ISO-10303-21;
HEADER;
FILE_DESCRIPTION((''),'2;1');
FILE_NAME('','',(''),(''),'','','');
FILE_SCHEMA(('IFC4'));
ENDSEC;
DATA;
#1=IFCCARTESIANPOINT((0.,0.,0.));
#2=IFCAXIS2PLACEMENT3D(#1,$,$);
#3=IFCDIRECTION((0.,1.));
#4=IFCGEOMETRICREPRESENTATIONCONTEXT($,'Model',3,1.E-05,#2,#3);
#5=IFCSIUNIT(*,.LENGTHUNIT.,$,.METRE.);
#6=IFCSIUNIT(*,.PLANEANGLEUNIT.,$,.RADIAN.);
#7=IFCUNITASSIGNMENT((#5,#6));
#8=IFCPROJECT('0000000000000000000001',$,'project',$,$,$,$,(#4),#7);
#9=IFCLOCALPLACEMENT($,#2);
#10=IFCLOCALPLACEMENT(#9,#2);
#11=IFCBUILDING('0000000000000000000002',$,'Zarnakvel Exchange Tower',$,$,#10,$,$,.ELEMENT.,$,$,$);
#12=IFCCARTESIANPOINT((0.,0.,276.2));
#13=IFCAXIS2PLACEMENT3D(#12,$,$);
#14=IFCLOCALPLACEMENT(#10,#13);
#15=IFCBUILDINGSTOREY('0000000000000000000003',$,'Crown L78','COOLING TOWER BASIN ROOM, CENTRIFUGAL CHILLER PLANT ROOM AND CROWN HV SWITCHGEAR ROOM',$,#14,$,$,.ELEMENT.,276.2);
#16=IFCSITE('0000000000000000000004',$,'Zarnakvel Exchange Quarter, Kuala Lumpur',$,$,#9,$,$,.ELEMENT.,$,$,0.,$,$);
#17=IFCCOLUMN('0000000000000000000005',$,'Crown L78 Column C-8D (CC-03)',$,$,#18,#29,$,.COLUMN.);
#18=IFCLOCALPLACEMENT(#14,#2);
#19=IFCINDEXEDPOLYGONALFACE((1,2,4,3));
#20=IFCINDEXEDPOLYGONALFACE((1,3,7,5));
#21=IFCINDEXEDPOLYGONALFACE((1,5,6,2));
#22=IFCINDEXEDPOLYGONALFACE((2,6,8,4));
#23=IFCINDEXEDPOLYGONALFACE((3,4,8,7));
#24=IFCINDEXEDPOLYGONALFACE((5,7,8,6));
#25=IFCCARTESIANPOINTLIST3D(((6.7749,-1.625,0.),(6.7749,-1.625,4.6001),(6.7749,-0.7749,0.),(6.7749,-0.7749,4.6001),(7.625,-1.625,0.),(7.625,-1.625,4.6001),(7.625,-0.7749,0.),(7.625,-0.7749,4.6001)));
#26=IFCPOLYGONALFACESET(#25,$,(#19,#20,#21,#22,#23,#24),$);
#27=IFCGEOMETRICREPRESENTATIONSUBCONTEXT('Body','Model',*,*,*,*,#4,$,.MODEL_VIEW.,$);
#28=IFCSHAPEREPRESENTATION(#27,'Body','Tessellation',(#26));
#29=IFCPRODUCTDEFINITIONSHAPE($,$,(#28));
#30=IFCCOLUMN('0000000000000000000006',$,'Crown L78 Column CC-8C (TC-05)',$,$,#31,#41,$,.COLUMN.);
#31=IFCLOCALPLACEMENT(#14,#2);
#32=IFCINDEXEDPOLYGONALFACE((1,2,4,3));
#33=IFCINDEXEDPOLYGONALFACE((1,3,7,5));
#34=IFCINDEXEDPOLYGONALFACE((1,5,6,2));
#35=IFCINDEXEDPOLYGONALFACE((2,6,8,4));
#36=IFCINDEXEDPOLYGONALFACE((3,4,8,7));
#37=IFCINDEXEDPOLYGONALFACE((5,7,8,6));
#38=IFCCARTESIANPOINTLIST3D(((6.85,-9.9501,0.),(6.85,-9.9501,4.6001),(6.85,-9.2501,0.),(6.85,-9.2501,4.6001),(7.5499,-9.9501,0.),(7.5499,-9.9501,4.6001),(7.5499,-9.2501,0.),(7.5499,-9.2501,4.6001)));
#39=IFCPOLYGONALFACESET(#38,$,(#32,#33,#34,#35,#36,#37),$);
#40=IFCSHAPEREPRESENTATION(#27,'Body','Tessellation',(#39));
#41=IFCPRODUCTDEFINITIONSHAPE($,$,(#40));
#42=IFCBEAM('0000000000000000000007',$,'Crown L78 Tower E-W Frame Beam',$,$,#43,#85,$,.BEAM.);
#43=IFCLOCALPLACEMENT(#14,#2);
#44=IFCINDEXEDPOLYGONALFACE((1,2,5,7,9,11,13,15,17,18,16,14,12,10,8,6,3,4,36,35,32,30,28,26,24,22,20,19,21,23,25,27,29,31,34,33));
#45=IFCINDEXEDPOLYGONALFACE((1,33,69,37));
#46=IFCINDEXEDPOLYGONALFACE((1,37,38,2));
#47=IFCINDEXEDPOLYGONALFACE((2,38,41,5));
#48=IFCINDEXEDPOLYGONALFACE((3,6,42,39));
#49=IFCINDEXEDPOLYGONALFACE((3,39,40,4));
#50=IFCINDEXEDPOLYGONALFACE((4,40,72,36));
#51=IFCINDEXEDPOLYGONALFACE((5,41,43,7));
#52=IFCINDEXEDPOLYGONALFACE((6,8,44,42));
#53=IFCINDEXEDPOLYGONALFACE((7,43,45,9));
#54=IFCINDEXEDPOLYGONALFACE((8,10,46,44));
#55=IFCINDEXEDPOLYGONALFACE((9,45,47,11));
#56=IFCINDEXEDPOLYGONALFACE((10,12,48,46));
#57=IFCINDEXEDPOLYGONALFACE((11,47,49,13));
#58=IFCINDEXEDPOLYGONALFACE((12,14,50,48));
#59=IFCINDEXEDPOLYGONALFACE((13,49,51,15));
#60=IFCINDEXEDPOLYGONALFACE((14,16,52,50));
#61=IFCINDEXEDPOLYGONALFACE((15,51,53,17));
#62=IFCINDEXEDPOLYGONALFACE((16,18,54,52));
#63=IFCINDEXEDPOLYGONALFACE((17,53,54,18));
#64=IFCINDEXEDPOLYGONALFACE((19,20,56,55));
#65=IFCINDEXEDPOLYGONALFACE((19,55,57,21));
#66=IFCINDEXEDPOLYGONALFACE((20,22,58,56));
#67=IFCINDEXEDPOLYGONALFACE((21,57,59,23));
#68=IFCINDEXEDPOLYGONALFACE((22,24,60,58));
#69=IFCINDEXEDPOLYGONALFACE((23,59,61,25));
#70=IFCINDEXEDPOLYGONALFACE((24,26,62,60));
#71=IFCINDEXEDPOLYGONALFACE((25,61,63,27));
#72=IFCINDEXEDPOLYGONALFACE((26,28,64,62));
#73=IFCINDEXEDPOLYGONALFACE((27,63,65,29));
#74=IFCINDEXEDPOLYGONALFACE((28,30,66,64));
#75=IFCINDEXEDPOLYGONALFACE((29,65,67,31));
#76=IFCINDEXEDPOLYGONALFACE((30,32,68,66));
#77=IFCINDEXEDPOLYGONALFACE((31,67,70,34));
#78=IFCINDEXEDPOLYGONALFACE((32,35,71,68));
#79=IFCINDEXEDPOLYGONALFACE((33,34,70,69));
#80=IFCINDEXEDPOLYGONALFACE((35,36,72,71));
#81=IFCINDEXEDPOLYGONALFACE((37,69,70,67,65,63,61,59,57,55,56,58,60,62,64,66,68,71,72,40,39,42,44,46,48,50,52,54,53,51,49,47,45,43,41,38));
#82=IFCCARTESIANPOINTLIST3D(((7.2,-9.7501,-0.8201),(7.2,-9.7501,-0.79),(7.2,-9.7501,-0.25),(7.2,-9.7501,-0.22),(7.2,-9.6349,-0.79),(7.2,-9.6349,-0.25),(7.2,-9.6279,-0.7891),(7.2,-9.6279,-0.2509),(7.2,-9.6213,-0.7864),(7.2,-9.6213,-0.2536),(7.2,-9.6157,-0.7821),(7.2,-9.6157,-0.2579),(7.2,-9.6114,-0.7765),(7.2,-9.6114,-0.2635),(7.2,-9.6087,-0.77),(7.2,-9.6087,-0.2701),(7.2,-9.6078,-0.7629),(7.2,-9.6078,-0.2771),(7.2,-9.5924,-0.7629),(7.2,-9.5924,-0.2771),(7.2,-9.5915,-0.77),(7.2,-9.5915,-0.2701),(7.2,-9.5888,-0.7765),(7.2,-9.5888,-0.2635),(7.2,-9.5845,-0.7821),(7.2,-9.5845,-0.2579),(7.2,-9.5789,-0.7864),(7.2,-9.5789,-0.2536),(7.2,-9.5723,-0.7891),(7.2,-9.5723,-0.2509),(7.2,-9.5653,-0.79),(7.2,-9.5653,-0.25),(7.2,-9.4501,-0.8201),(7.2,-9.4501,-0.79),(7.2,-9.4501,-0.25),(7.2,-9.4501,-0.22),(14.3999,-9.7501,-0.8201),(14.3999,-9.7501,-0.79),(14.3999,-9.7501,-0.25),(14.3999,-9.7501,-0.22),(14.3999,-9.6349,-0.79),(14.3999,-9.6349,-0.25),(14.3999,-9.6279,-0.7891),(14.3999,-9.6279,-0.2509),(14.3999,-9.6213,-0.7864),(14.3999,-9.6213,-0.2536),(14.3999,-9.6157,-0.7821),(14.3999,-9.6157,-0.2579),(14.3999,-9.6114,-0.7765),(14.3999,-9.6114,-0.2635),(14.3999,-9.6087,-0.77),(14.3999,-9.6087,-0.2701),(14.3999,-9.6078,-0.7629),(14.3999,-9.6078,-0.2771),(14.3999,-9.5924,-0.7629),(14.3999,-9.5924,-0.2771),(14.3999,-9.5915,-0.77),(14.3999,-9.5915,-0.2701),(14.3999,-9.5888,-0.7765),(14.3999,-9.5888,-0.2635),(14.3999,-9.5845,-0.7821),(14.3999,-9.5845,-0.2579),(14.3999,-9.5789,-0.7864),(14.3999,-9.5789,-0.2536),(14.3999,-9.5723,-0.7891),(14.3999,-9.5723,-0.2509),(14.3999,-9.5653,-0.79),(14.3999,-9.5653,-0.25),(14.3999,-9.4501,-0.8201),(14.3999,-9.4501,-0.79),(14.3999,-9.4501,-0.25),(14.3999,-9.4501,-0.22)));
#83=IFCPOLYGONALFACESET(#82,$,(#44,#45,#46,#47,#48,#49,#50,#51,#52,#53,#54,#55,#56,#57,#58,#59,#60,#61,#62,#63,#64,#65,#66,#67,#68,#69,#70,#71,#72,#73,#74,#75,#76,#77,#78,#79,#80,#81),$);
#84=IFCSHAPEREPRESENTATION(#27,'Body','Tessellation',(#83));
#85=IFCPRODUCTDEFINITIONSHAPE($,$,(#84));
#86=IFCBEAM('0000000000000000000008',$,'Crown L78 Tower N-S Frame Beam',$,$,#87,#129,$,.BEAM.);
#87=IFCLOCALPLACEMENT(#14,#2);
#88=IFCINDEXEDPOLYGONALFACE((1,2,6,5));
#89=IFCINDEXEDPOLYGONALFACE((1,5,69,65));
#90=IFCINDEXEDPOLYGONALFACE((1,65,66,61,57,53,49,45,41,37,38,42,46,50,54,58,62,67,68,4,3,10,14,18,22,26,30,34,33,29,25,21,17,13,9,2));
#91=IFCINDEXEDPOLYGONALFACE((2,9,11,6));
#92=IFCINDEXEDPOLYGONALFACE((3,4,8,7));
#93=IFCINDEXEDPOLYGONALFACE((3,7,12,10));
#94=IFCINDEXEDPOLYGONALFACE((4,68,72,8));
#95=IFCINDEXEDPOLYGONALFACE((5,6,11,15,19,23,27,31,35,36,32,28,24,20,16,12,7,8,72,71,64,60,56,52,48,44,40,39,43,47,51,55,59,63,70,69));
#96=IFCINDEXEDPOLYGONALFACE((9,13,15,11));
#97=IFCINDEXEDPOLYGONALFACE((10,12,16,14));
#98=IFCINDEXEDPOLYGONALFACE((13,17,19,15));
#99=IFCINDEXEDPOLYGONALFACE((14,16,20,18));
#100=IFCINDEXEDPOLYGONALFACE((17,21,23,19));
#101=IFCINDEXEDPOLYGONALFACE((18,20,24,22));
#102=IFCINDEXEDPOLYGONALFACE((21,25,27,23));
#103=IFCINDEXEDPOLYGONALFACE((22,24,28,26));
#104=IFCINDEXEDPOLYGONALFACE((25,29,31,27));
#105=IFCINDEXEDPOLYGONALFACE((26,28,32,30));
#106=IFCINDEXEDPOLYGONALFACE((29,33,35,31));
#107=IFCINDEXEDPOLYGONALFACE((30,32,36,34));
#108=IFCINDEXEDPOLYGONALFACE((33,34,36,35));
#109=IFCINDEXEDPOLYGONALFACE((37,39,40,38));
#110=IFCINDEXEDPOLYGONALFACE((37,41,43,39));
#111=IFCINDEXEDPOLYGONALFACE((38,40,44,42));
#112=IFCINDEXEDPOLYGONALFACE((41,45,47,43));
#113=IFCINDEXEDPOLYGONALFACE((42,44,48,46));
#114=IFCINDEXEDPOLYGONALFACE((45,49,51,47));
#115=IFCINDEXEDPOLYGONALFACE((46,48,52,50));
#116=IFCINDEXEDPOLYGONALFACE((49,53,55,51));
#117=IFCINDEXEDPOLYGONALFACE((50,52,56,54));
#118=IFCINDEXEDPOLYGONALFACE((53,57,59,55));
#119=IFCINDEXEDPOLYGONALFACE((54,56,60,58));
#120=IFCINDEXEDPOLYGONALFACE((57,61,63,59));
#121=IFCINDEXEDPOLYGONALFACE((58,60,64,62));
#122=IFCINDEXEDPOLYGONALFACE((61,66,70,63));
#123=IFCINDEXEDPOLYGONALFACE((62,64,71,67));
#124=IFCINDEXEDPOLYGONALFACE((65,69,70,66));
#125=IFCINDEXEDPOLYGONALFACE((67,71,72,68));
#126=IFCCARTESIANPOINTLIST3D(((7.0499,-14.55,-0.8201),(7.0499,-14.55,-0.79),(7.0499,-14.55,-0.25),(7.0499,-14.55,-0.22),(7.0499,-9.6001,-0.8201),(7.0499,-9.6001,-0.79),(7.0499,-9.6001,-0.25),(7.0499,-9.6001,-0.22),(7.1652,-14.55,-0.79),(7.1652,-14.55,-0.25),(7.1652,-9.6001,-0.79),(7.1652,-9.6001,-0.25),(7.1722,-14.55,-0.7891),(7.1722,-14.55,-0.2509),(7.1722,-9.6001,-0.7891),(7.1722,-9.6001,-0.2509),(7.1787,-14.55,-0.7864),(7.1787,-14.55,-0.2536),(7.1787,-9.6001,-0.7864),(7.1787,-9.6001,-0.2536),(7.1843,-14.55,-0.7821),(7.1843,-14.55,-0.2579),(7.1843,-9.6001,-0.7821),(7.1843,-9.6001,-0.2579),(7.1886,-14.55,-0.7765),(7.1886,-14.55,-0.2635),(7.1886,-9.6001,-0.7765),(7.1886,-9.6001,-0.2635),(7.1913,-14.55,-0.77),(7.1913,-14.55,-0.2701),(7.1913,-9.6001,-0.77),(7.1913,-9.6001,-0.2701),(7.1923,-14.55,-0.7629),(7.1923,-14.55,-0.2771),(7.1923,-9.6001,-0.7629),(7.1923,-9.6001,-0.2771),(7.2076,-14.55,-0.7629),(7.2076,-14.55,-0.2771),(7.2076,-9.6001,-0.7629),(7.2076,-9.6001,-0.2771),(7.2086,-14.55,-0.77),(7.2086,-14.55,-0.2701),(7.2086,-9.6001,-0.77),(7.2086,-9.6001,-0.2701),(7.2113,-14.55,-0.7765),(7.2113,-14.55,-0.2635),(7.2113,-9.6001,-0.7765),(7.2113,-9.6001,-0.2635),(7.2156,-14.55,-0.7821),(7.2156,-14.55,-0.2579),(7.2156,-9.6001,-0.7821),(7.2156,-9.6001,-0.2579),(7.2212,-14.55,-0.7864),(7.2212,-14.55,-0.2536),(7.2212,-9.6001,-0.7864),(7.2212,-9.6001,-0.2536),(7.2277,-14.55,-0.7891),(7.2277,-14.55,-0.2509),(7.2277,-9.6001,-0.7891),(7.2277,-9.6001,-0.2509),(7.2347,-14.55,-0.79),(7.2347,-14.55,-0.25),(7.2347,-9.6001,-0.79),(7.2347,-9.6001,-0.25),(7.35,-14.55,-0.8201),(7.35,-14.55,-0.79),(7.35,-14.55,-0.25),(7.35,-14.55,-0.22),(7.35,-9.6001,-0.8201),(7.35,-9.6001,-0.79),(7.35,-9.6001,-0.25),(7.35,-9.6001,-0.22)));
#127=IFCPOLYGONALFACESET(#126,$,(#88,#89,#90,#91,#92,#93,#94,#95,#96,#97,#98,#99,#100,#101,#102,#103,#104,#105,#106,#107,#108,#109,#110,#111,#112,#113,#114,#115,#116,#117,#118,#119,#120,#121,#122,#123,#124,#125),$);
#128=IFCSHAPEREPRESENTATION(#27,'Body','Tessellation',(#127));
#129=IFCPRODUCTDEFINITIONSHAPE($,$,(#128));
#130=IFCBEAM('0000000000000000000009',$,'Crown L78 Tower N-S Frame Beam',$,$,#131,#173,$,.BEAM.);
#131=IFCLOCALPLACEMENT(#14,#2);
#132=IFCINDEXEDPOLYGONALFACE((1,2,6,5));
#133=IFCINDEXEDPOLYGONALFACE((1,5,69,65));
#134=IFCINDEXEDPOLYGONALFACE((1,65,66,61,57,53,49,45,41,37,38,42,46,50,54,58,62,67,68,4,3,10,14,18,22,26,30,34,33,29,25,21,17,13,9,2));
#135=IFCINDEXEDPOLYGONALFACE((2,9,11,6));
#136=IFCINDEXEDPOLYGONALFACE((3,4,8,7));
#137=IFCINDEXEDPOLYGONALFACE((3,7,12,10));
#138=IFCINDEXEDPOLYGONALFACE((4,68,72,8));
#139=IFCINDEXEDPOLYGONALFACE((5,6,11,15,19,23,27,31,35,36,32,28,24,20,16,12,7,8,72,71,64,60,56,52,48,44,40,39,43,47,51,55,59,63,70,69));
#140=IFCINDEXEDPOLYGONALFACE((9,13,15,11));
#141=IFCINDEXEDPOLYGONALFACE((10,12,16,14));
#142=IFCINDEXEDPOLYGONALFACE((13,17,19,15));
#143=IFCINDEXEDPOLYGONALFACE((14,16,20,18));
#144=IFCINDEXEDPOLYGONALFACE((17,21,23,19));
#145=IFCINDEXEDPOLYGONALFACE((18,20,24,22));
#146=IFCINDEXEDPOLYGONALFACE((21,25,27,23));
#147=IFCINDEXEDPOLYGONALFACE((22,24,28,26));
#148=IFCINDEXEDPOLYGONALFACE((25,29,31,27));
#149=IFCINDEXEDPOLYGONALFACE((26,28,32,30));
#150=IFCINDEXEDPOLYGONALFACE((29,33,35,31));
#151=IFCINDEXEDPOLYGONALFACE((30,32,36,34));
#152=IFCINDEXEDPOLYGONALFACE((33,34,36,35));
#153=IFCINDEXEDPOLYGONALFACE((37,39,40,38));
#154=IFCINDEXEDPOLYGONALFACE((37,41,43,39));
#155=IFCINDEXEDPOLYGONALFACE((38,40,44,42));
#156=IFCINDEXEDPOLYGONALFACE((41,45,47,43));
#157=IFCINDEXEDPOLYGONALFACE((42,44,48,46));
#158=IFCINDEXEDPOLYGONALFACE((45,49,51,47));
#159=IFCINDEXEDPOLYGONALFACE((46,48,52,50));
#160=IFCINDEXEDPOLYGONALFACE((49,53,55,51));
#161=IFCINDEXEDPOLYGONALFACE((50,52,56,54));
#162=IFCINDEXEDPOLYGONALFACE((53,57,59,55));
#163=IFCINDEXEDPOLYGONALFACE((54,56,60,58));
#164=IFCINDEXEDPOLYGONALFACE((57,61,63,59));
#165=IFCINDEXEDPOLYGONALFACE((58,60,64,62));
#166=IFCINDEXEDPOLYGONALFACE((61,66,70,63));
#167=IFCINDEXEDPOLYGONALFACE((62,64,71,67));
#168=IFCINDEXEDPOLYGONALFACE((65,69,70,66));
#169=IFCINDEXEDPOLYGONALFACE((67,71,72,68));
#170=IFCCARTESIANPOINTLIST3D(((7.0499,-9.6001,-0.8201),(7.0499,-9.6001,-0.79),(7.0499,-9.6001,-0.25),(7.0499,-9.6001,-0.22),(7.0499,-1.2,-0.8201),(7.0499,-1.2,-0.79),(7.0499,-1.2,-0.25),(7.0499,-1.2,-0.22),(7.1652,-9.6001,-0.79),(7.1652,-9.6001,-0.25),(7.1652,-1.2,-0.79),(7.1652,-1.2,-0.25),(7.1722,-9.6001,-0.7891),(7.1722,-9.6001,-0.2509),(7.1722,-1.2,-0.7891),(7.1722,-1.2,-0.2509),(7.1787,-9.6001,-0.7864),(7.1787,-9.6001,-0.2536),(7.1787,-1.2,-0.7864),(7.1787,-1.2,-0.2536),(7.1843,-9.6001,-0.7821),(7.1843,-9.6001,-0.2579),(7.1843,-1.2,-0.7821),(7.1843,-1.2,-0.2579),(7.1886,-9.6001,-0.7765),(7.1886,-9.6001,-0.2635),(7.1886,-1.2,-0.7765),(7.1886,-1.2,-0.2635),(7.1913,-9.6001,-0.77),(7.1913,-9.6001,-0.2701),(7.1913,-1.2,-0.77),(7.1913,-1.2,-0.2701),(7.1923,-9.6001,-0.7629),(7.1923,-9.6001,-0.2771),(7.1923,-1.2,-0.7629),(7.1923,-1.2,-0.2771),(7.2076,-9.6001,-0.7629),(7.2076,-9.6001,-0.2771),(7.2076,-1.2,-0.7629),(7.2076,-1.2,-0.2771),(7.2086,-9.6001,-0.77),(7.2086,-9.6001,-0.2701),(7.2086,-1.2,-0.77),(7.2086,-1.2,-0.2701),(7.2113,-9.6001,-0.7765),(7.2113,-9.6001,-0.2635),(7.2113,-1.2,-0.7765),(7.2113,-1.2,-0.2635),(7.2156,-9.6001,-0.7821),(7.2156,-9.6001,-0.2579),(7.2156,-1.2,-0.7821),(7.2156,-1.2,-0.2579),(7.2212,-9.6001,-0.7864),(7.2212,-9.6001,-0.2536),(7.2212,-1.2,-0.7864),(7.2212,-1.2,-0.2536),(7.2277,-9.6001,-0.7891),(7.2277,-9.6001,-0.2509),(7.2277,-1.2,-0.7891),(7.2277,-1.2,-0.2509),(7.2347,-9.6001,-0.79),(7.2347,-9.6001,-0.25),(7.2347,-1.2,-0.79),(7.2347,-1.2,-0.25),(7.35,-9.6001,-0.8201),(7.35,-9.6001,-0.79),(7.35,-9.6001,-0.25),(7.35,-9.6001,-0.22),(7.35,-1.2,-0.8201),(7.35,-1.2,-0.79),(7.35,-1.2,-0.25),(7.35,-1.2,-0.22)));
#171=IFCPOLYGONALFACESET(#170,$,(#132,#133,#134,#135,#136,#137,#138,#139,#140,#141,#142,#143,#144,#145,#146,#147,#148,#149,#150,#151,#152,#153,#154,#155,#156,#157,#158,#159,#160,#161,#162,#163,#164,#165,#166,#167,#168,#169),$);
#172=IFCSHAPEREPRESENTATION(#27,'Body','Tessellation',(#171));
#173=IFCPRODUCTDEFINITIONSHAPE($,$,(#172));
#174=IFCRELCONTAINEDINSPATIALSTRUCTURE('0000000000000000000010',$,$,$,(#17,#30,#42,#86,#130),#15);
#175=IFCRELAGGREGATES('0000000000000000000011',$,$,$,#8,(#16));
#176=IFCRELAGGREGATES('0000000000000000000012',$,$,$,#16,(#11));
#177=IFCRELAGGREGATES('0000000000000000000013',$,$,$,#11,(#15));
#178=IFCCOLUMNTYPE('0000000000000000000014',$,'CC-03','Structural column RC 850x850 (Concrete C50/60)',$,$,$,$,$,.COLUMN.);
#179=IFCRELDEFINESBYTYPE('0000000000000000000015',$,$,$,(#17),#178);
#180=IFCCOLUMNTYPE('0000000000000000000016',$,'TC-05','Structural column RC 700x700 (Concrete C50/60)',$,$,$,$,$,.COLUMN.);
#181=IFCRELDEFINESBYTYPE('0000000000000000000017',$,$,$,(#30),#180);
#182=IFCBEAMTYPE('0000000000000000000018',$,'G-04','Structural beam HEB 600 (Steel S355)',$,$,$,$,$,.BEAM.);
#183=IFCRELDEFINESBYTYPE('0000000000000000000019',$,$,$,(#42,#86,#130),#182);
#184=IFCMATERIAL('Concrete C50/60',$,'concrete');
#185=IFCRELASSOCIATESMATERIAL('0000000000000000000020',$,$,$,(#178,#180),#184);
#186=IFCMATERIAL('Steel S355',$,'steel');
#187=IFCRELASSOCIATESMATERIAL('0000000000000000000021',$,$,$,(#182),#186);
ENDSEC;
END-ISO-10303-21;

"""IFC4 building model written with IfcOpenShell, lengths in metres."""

from ifc_helpers import new_model, si_unit, direction, frame, origin, origin_2d, place, context, subcontext, project, spatial, rectangle, i_section, extrude, material, material_profile, profile_set, type_object, element, save


model = new_model("IFC4")

# Units and contexts
model_context = context("Model", 3, precision=1e-05, world=origin(), true_north=direction((0.0, 1.0)))
body_context = subcontext(model_context, "Body", "Model", "MODEL_VIEW")
ifc_project = project(units=[si_unit("LENGTHUNIT", "METRE"), si_unit("PLANEANGLEUNIT", "RADIAN")], contexts=[model_context])

# Site, building, storey
site_placement = place(None, origin())
site = spatial("IfcSite", under=ifc_project, at=site_placement, Name="Zarnakvel Exchange Quarter, Kuala Lumpur", CompositionType="ELEMENT", RefElevation=0.0)
building_placement = place(site_placement, origin())
building = spatial("IfcBuilding", under=site, at=building_placement, Name="Zarnakvel Exchange Tower", CompositionType="ELEMENT")
storey_placement = place(building_placement, frame((0.0, 0.0, 276.2)))
storey = spatial("IfcBuildingStorey", under=building, at=storey_placement, Name="Crown L78", Description="COOLING TOWER BASIN ROOM, CENTRIFUGAL CHILLER PLANT ROOM AND CROWN HV SWITCHGEAR ROOM", CompositionType="ELEMENT", Elevation=276.2)

# Columns
ifc_material_1 = material(Name="Concrete C50/60", Category="concrete")
ifc_material_profile_1 = material_profile(ifc_material_1, rectangle(XDim=0.8501, YDim=0.8501, at=origin_2d()))
ifc_profile_set_1 = profile_set([ifc_material_profile_1], Name="Concrete C50/60")
column_type_1 = type_object("IfcColumnType", Name="CC-03", Description="Structural column RC 850x850 (Concrete C50/60)", PredefinedType="COLUMN", material=ifc_profile_set_1)
column_1_placement = place(storey_placement, frame((7.2, -1.2, 0.0), z_axis=(0.0, 0.0, 1.0), x_axis=(1.0, 0.0, 0.0)))
element("IfcColumn", 1, at=column_1_placement, inside=storey, type_object=column_type_1, Name="Crown L78 Column C-8D (CC-03)", PredefinedType="COLUMN", context=body_context, shape_type="SweptSolid", body=[
    extrude(rectangle(XDim=0.8501, YDim=0.8501, at=origin_2d()), origin(), (0.0, 0.0, 1.0), 4.6001),
])
ifc_material_profile_2 = material_profile(ifc_material_1, rectangle(XDim=0.7, YDim=0.7, at=origin_2d()))
ifc_profile_set_2 = profile_set([ifc_material_profile_2], Name="Concrete C50/60")
column_type_2 = type_object("IfcColumnType", Name="TC-05", Description="Structural column RC 700x700 (Concrete C50/60)", PredefinedType="COLUMN", material=ifc_profile_set_2)
column_2_placement = place(storey_placement, frame((7.2, -9.6001, 0.0), z_axis=(0.0, 0.0, 1.0), x_axis=(1.0, 0.0, 0.0)))
element("IfcColumn", 2, at=column_2_placement, inside=storey, type_object=column_type_2, Name="Crown L78 Column CC-8C (TC-05)", PredefinedType="COLUMN", context=body_context, shape_type="SweptSolid", body=[
    extrude(rectangle(XDim=0.7, YDim=0.7, at=origin_2d()), origin(), (0.0, 0.0, 1.0), 4.6001),
])

# Beams
ifc_material_2 = material(Name="Steel S355", Category="steel")
ifc_material_profile_3 = material_profile(ifc_material_2, i_section(OverallWidth=0.3, OverallDepth=0.6001, WebThickness=0.0154, FlangeThickness=0.03, FilletRadius=0.0271, at=origin_2d()))
ifc_profile_set_3 = profile_set([ifc_material_profile_3], Name="Steel S355")
beam_type_1 = type_object("IfcBeamType", Name="G-04", Description="Structural beam HEB 600 (Steel S355)", PredefinedType="BEAM", material=ifc_profile_set_3)
beam_1_placement = place(storey_placement, frame((7.2, -9.6001, -0.52), z_axis=(1.0, 0.0, 0.0), x_axis=(0.0, 1.0, 0.0)))
element("IfcBeam", 3, at=beam_1_placement, inside=storey, type_object=beam_type_1, Name="Crown L78 Tower E-W Frame Beam", PredefinedType="BEAM", context=body_context, shape_type="SweptSolid", body=[
    extrude(i_section(OverallWidth=0.3, OverallDepth=0.6001, WebThickness=0.0154, FlangeThickness=0.03, FilletRadius=0.0271, at=origin_2d()), origin(), (0.0, 0.0, 1.0), 7.2),
])
beam_2_placement = place(storey_placement, frame((7.2, -14.55, -0.52), z_axis=(0.0, 1.0, 0.0), x_axis=(-1.0, 0.0, 0.0)))
element("IfcBeam", 4, at=beam_2_placement, inside=storey, type_object=beam_type_1, Name="Crown L78 Tower N-S Frame Beam", PredefinedType="BEAM", context=body_context, shape_type="SweptSolid", body=[
    extrude(i_section(OverallWidth=0.3, OverallDepth=0.6001, WebThickness=0.0154, FlangeThickness=0.03, FilletRadius=0.0271, at=origin_2d()), origin(), (0.0, 0.0, 1.0), 4.95),
])
beam_3_placement = place(storey_placement, frame((7.2, -9.6001, -0.52), z_axis=(0.0, 1.0, 0.0), x_axis=(-1.0, 0.0, 0.0)))
element("IfcBeam", 5, at=beam_3_placement, inside=storey, type_object=beam_type_1, Name="Crown L78 Tower N-S Frame Beam", PredefinedType="BEAM", context=body_context, shape_type="SweptSolid", body=[
    extrude(i_section(OverallWidth=0.3, OverallDepth=0.6001, WebThickness=0.0154, FlangeThickness=0.03, FilletRadius=0.0271, at=origin_2d()), origin(), (0.0, 0.0, 1.0), 8.4001),
])

save(model, "model.ifc")
